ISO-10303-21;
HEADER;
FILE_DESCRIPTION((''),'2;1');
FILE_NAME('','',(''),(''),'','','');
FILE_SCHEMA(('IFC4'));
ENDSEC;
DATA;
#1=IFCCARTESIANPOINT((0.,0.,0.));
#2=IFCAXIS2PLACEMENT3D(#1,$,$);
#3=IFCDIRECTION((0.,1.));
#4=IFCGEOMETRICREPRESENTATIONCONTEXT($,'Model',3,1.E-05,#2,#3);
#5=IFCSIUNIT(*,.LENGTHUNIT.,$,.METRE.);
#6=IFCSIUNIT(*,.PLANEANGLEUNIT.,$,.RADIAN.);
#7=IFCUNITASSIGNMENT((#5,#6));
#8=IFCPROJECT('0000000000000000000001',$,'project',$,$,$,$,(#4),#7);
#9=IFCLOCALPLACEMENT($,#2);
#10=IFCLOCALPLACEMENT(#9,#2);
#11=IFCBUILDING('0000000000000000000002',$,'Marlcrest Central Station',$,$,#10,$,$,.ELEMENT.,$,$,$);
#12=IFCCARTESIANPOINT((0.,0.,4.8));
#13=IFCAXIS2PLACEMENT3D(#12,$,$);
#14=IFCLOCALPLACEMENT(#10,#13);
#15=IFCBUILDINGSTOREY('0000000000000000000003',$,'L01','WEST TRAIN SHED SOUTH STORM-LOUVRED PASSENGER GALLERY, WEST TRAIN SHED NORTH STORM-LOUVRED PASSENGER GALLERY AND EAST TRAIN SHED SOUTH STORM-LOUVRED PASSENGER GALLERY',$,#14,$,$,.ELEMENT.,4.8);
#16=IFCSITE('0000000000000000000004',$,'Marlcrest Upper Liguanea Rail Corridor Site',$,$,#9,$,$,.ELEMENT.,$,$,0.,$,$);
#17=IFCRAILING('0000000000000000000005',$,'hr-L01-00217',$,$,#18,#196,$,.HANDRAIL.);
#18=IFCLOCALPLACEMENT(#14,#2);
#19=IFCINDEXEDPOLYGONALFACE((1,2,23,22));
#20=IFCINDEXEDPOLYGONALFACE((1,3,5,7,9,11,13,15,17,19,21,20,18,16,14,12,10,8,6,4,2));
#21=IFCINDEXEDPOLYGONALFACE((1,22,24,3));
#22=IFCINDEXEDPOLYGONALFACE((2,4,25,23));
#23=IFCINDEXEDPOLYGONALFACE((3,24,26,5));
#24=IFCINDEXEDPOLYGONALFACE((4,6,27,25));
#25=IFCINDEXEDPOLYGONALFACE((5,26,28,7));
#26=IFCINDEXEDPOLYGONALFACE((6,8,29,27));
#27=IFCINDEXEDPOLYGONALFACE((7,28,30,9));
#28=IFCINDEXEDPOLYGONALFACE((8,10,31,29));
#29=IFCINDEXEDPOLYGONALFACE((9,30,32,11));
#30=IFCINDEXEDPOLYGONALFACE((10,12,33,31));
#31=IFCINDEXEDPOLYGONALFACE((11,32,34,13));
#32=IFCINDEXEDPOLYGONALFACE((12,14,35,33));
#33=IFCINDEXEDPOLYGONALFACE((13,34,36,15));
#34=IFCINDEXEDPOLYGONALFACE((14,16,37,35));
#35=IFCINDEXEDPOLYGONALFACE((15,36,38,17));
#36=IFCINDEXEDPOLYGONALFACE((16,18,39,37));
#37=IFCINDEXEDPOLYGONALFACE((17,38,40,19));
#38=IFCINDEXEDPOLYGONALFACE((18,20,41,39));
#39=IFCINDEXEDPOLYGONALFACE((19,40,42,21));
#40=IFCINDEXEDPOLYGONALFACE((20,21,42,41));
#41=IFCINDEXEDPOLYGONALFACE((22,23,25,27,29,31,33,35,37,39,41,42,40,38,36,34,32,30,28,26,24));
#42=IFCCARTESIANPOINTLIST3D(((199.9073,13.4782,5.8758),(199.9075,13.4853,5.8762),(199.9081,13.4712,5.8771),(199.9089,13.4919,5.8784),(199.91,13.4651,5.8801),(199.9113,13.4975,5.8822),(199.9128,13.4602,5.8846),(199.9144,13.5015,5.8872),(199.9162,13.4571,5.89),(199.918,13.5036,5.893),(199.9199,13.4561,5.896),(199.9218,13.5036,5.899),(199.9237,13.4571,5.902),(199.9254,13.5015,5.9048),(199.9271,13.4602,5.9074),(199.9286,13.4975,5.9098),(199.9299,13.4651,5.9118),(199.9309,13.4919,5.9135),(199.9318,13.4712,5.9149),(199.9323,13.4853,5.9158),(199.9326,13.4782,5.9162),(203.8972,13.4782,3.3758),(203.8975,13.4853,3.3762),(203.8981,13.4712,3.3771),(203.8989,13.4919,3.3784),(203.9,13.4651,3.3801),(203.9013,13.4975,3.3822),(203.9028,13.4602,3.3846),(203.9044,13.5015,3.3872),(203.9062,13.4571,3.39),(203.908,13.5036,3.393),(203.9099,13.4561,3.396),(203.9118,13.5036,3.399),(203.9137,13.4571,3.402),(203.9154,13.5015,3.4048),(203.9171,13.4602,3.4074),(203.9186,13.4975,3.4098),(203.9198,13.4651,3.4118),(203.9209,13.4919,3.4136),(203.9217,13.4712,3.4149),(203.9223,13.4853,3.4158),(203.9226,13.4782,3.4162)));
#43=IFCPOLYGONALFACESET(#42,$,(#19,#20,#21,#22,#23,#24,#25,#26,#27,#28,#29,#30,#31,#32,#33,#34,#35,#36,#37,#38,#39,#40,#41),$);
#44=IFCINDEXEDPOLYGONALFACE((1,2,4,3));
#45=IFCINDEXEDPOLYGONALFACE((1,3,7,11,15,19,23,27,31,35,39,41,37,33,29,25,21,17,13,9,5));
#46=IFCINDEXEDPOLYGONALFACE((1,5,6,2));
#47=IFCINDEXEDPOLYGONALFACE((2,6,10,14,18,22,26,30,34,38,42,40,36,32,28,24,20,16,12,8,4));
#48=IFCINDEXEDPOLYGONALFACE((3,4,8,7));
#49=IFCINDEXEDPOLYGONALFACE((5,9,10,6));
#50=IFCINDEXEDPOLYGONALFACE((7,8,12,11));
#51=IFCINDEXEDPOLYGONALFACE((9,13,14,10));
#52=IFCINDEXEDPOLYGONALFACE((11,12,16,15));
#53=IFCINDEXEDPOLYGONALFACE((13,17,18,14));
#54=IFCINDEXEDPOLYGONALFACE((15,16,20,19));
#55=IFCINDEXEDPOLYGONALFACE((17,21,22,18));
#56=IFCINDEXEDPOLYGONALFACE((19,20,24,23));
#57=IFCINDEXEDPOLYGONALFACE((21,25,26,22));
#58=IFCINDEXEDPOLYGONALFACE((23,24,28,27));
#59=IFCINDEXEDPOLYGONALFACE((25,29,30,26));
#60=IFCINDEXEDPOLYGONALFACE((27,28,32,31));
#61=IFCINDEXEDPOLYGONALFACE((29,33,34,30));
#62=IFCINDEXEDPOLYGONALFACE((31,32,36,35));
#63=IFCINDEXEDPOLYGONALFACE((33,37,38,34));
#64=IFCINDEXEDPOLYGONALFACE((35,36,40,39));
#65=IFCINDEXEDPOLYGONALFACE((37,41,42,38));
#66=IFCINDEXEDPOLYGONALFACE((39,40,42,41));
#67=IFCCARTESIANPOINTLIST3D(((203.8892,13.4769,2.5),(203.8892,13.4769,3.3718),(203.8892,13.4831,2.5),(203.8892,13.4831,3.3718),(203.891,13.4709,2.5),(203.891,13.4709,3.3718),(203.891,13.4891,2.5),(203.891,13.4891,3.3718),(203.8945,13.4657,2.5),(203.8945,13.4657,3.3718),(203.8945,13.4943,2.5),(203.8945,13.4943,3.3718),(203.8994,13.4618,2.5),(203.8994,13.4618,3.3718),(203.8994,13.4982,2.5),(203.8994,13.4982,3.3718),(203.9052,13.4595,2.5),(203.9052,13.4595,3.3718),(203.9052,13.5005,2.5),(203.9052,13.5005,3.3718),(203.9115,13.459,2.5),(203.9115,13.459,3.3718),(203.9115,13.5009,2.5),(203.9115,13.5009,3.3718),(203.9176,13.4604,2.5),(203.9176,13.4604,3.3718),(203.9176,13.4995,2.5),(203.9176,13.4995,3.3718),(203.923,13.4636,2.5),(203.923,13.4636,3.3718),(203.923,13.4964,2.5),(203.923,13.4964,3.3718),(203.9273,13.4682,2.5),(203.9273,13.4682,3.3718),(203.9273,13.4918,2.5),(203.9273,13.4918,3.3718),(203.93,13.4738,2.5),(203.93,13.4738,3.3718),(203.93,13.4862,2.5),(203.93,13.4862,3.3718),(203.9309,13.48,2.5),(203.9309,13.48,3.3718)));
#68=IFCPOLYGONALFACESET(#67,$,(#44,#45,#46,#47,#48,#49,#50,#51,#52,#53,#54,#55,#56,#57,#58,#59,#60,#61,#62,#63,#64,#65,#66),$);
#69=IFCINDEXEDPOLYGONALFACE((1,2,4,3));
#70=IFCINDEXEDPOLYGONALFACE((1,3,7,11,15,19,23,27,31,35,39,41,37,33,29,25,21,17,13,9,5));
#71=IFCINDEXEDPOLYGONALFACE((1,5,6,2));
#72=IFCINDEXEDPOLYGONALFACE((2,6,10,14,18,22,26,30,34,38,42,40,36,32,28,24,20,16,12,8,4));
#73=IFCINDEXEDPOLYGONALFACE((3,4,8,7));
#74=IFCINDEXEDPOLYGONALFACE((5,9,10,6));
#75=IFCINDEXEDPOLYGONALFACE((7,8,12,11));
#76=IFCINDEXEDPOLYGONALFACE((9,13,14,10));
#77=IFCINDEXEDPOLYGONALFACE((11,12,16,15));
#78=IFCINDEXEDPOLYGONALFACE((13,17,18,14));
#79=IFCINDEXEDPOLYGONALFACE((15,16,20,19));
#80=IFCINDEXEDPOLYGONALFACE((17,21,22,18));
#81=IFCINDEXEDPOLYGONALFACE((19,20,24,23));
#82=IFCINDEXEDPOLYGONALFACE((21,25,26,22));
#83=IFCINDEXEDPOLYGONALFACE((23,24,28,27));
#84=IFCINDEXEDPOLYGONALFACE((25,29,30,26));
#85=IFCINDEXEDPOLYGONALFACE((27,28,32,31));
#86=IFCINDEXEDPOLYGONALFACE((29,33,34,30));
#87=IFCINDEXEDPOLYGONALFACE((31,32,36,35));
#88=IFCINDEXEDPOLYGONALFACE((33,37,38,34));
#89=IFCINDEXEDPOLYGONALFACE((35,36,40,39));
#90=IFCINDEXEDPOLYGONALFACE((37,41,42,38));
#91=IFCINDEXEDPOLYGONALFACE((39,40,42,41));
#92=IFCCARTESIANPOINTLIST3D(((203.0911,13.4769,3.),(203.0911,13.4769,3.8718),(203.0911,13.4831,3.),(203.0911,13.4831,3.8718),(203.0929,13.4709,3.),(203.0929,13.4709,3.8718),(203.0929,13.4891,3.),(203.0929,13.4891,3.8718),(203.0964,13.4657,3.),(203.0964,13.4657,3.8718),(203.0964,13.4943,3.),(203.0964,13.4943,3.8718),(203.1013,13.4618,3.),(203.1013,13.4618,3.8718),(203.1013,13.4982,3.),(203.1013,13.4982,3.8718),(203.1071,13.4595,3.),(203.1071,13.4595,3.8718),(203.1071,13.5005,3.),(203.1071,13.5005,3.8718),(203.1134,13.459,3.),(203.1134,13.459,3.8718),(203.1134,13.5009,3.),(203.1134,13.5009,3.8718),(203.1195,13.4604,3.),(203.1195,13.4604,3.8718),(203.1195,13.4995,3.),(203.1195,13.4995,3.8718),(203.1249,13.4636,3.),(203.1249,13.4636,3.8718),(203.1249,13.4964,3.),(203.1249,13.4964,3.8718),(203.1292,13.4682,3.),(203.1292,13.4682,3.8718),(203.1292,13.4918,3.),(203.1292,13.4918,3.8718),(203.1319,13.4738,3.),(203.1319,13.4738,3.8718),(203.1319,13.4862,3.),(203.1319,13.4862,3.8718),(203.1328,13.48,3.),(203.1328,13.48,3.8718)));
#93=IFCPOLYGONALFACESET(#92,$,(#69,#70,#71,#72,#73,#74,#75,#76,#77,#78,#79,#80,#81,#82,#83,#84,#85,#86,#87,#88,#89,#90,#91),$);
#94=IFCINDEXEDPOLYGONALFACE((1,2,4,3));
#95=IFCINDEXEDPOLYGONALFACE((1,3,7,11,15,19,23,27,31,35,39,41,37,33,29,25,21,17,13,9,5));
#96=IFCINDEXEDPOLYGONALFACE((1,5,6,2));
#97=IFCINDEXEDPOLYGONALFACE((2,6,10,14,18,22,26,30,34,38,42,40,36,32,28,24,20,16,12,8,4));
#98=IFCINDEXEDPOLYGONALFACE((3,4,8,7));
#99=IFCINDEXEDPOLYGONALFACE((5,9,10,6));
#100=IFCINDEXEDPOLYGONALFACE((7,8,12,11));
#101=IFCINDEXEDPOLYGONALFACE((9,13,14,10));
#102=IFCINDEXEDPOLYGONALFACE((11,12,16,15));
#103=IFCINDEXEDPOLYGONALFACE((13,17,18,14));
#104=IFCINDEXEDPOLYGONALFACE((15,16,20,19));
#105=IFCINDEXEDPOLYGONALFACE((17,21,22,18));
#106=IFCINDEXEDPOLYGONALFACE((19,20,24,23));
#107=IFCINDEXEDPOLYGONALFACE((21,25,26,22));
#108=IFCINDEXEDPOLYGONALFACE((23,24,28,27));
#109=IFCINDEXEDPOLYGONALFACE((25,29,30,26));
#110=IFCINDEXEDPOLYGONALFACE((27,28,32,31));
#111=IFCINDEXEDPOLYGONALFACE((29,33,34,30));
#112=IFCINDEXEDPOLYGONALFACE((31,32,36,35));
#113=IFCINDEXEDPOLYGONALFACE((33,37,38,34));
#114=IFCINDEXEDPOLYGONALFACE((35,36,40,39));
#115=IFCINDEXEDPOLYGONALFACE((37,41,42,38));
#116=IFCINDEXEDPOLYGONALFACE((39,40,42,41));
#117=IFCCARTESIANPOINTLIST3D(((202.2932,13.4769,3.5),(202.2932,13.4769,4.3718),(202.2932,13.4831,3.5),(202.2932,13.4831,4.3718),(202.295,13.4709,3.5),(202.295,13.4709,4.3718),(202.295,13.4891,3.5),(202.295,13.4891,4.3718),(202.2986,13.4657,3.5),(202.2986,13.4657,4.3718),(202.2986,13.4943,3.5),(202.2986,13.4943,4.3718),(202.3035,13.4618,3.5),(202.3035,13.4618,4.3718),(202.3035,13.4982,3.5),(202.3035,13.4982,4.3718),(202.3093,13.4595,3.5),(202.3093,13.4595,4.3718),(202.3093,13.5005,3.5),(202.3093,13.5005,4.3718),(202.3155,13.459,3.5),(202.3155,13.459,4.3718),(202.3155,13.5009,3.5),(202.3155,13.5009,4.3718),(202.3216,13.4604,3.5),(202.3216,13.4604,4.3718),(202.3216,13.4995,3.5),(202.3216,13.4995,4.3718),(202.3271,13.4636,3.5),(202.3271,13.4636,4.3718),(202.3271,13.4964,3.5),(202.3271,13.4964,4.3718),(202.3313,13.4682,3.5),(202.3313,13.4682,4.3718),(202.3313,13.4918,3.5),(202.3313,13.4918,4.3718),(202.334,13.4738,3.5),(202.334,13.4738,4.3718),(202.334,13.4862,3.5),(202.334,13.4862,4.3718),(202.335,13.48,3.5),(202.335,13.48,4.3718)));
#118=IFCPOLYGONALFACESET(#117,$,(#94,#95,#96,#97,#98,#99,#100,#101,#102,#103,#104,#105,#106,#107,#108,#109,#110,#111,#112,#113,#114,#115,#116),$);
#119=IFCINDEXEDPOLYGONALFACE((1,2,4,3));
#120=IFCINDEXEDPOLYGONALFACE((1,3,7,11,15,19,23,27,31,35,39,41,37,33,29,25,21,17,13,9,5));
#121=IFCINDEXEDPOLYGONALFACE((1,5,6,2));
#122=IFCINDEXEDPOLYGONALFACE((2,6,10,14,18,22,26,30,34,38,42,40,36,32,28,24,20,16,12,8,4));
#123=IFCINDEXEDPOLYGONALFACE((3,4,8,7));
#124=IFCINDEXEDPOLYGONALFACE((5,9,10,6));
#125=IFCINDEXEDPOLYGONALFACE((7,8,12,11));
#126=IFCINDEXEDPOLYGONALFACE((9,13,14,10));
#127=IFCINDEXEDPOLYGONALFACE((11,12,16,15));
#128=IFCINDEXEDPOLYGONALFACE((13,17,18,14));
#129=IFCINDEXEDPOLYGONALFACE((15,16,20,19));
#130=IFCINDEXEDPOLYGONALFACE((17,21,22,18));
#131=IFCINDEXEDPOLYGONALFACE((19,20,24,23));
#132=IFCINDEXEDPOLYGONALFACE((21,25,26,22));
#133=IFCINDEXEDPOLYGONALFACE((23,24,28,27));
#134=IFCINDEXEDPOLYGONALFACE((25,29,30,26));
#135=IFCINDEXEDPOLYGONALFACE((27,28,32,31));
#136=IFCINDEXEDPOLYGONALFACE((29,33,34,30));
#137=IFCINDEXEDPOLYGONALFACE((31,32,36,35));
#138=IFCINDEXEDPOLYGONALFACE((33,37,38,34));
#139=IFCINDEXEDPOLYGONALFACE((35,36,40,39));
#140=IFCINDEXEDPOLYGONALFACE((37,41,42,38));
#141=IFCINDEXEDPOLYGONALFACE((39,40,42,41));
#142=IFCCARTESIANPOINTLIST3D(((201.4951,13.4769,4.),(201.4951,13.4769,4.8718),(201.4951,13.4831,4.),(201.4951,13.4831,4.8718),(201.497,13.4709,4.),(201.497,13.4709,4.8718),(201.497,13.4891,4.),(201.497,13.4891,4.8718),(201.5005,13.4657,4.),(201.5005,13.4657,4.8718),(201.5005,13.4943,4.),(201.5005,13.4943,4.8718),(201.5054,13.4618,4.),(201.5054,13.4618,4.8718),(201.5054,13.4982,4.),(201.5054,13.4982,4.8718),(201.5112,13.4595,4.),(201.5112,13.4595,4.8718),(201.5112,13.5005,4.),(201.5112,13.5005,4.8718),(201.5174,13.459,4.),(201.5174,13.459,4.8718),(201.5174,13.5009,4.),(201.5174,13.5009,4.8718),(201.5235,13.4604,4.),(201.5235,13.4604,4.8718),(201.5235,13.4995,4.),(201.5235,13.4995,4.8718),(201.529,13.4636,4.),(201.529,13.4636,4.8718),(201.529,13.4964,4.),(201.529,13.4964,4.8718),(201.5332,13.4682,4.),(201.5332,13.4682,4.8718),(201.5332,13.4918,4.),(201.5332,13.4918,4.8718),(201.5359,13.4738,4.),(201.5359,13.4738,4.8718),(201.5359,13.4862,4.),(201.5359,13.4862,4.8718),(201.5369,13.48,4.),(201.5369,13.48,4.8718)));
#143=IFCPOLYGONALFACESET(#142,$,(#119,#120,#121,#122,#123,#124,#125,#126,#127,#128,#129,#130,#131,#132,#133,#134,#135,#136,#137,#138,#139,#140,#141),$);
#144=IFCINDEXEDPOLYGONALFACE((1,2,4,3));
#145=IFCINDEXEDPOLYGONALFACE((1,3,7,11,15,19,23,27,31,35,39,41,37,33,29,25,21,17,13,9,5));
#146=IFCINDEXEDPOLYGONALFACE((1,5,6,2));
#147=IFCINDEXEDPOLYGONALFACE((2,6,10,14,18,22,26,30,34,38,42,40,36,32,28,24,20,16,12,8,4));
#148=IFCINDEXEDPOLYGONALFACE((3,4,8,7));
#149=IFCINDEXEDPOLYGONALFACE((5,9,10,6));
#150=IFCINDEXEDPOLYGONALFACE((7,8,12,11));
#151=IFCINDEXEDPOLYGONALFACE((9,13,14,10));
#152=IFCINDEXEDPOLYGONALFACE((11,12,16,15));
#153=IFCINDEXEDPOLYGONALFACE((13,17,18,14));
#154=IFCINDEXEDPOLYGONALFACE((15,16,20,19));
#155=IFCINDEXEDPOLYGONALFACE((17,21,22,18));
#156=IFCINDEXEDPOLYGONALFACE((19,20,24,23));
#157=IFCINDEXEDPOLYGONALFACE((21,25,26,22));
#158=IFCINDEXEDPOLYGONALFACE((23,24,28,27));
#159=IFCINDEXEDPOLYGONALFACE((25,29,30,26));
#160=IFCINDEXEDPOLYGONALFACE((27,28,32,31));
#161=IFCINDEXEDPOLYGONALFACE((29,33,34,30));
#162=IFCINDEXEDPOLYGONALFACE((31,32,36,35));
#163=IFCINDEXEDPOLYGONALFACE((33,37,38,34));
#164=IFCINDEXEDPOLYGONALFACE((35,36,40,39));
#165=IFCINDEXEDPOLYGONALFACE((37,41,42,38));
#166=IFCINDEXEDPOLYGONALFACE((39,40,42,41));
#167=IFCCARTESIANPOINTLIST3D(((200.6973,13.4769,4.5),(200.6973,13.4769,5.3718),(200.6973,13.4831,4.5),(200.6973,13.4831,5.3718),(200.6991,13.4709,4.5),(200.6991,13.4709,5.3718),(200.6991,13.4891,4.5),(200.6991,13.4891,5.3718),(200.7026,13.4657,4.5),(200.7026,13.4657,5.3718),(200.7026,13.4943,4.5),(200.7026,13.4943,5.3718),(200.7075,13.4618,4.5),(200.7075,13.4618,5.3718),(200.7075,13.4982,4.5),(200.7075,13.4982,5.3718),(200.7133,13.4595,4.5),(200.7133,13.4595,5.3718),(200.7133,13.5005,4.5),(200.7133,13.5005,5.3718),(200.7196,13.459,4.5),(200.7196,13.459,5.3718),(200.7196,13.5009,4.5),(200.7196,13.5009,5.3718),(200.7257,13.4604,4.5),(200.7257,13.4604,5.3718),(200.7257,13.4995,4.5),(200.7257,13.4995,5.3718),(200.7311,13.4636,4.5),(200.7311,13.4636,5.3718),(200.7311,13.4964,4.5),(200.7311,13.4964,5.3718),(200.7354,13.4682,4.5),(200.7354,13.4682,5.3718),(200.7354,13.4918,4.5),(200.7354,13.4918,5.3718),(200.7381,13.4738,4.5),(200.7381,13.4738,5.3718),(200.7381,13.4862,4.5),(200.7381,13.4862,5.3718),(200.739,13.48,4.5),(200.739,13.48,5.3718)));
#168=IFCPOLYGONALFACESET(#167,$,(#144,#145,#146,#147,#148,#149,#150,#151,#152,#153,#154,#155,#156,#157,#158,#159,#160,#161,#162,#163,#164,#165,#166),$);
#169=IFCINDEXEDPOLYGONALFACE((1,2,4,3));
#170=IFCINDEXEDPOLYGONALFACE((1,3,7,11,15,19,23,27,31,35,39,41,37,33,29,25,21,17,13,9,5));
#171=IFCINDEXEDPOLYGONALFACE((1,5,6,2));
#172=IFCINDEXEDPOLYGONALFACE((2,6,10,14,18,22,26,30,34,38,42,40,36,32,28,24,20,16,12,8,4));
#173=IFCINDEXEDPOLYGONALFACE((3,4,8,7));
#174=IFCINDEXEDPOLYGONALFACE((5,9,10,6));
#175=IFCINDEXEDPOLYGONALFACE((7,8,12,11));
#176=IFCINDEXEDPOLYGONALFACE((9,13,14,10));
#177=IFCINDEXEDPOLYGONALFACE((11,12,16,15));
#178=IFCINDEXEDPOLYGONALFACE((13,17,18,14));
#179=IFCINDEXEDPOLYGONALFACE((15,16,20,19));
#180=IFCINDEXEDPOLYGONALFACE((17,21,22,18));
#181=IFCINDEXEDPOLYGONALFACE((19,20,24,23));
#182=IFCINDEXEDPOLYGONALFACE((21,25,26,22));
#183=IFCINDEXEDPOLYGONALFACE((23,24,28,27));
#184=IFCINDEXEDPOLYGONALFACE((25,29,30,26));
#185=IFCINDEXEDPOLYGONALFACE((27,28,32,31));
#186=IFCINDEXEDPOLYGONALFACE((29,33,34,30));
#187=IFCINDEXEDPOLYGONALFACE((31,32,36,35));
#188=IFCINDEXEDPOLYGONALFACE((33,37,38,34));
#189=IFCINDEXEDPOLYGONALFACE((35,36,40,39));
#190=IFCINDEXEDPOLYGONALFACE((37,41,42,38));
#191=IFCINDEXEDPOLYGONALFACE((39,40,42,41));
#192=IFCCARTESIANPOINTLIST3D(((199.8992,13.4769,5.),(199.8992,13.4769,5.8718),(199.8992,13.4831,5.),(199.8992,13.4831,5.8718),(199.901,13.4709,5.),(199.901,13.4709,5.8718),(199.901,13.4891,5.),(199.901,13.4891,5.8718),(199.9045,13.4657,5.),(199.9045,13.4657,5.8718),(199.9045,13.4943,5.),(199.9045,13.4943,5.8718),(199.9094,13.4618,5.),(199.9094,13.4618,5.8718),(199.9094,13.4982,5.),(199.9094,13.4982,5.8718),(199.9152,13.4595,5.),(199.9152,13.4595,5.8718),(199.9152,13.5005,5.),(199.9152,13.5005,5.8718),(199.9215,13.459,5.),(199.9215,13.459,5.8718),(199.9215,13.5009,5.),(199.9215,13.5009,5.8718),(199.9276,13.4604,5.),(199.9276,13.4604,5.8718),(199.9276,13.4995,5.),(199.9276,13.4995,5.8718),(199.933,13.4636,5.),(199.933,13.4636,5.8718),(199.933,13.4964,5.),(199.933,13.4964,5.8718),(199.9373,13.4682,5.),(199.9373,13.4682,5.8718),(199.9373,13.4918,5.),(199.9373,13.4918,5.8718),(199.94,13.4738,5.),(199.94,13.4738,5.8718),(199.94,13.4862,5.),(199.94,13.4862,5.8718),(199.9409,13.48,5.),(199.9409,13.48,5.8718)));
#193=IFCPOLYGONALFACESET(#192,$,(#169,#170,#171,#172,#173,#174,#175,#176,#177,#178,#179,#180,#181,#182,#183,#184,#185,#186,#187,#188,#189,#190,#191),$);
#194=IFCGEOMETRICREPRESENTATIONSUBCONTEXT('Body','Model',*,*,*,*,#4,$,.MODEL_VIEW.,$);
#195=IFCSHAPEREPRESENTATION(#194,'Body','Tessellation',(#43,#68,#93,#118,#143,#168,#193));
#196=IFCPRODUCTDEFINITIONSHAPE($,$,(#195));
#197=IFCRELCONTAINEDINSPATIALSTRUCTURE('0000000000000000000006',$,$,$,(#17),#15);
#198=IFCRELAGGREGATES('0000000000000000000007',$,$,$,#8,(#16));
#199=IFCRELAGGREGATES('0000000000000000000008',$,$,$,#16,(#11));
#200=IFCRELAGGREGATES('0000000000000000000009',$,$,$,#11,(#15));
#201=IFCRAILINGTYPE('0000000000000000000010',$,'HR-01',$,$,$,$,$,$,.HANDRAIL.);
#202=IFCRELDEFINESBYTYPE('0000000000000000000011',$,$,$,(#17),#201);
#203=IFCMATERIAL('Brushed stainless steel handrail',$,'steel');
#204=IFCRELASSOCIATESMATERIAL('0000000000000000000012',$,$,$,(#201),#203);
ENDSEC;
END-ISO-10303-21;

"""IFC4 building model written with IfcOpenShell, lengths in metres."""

from ifc_helpers import new_model, si_unit, direction, frame, origin, origin_2d, place, context, subcontext, project, spatial, circle, extrude, material, type_object, element, save


model = new_model("IFC4")

# Units and contexts
model_context = context("Model", 3, precision=1e-05, world=origin(), true_north=direction((0.0, 1.0)))
body_context = subcontext(model_context, "Body", "Model", "MODEL_VIEW")
ifc_project = project(units=[si_unit("LENGTHUNIT", "METRE"), si_unit("PLANEANGLEUNIT", "RADIAN")], contexts=[model_context])

# Site, building, storey
site_placement = place(None, origin())
site = spatial("IfcSite", under=ifc_project, at=site_placement, Name="Marlcrest Upper Liguanea Rail Corridor Site", CompositionType="ELEMENT", RefElevation=0.0)
building_placement = place(site_placement, origin())
building = spatial("IfcBuilding", under=site, at=building_placement, Name="Marlcrest Central Station", CompositionType="ELEMENT")
storey_placement = place(building_placement, frame((0.0, 0.0, 4.8)))
storey = spatial("IfcBuildingStorey", under=building, at=storey_placement, Name="L01", Description="WEST TRAIN SHED SOUTH STORM-LOUVRED PASSENGER GALLERY, WEST TRAIN SHED NORTH STORM-LOUVRED PASSENGER GALLERY AND EAST TRAIN SHED SOUTH STORM-LOUVRED PASSENGER GALLERY", CompositionType="ELEMENT", Elevation=4.8)

# Railing
ifc_material_1 = material(Name="Brushed stainless steel handrail", Category="steel")
railing_type_1 = type_object("IfcRailingType", Name="HR-01", PredefinedType="HANDRAIL", material=ifc_material_1)
railing_1_placement = place(storey_placement, frame((203.9099, 13.48, 2.5)))
element("IfcRailing", 1, at=railing_1_placement, inside=storey, type_object=railing_type_1, Name="hr-L01-00217", PredefinedType="HANDRAIL", context=body_context, shape_type="SweptSolid", body=[
    extrude(circle(Radius=0.0239, at=origin_2d()), frame((0.0, 0.0, 0.896), z_axis=(-0.847401, 0.0, 0.530954), x_axis=(0.0, -1.0, 0.0)), (0.0, 0.0, 1.0), 4.7085),
    extrude(circle(Radius=0.021, at=origin_2d()), origin(), (0.0, 0.0, 1.0), 0.8718),
    extrude(circle(Radius=0.021, at=origin_2d()), frame((-0.7981, 0.0, 0.5)), (0.0, 0.0, 1.0), 0.8718),
    extrude(circle(Radius=0.021, at=origin_2d()), frame((-1.5959, 0.0, 1.0)), (0.0, 0.0, 1.0), 0.8718),
    extrude(circle(Radius=0.021, at=origin_2d()), frame((-2.394, 0.0, 1.5)), (0.0, 0.0, 1.0), 0.8718),
    extrude(circle(Radius=0.021, at=origin_2d()), frame((-3.1919, 0.0, 2.0)), (0.0, 0.0, 1.0), 0.8718),
    extrude(circle(Radius=0.021, at=origin_2d()), frame((-3.99, 0.0, 2.5)), (0.0, 0.0, 1.0), 0.8718),
])

save(model, "model.ifc")
